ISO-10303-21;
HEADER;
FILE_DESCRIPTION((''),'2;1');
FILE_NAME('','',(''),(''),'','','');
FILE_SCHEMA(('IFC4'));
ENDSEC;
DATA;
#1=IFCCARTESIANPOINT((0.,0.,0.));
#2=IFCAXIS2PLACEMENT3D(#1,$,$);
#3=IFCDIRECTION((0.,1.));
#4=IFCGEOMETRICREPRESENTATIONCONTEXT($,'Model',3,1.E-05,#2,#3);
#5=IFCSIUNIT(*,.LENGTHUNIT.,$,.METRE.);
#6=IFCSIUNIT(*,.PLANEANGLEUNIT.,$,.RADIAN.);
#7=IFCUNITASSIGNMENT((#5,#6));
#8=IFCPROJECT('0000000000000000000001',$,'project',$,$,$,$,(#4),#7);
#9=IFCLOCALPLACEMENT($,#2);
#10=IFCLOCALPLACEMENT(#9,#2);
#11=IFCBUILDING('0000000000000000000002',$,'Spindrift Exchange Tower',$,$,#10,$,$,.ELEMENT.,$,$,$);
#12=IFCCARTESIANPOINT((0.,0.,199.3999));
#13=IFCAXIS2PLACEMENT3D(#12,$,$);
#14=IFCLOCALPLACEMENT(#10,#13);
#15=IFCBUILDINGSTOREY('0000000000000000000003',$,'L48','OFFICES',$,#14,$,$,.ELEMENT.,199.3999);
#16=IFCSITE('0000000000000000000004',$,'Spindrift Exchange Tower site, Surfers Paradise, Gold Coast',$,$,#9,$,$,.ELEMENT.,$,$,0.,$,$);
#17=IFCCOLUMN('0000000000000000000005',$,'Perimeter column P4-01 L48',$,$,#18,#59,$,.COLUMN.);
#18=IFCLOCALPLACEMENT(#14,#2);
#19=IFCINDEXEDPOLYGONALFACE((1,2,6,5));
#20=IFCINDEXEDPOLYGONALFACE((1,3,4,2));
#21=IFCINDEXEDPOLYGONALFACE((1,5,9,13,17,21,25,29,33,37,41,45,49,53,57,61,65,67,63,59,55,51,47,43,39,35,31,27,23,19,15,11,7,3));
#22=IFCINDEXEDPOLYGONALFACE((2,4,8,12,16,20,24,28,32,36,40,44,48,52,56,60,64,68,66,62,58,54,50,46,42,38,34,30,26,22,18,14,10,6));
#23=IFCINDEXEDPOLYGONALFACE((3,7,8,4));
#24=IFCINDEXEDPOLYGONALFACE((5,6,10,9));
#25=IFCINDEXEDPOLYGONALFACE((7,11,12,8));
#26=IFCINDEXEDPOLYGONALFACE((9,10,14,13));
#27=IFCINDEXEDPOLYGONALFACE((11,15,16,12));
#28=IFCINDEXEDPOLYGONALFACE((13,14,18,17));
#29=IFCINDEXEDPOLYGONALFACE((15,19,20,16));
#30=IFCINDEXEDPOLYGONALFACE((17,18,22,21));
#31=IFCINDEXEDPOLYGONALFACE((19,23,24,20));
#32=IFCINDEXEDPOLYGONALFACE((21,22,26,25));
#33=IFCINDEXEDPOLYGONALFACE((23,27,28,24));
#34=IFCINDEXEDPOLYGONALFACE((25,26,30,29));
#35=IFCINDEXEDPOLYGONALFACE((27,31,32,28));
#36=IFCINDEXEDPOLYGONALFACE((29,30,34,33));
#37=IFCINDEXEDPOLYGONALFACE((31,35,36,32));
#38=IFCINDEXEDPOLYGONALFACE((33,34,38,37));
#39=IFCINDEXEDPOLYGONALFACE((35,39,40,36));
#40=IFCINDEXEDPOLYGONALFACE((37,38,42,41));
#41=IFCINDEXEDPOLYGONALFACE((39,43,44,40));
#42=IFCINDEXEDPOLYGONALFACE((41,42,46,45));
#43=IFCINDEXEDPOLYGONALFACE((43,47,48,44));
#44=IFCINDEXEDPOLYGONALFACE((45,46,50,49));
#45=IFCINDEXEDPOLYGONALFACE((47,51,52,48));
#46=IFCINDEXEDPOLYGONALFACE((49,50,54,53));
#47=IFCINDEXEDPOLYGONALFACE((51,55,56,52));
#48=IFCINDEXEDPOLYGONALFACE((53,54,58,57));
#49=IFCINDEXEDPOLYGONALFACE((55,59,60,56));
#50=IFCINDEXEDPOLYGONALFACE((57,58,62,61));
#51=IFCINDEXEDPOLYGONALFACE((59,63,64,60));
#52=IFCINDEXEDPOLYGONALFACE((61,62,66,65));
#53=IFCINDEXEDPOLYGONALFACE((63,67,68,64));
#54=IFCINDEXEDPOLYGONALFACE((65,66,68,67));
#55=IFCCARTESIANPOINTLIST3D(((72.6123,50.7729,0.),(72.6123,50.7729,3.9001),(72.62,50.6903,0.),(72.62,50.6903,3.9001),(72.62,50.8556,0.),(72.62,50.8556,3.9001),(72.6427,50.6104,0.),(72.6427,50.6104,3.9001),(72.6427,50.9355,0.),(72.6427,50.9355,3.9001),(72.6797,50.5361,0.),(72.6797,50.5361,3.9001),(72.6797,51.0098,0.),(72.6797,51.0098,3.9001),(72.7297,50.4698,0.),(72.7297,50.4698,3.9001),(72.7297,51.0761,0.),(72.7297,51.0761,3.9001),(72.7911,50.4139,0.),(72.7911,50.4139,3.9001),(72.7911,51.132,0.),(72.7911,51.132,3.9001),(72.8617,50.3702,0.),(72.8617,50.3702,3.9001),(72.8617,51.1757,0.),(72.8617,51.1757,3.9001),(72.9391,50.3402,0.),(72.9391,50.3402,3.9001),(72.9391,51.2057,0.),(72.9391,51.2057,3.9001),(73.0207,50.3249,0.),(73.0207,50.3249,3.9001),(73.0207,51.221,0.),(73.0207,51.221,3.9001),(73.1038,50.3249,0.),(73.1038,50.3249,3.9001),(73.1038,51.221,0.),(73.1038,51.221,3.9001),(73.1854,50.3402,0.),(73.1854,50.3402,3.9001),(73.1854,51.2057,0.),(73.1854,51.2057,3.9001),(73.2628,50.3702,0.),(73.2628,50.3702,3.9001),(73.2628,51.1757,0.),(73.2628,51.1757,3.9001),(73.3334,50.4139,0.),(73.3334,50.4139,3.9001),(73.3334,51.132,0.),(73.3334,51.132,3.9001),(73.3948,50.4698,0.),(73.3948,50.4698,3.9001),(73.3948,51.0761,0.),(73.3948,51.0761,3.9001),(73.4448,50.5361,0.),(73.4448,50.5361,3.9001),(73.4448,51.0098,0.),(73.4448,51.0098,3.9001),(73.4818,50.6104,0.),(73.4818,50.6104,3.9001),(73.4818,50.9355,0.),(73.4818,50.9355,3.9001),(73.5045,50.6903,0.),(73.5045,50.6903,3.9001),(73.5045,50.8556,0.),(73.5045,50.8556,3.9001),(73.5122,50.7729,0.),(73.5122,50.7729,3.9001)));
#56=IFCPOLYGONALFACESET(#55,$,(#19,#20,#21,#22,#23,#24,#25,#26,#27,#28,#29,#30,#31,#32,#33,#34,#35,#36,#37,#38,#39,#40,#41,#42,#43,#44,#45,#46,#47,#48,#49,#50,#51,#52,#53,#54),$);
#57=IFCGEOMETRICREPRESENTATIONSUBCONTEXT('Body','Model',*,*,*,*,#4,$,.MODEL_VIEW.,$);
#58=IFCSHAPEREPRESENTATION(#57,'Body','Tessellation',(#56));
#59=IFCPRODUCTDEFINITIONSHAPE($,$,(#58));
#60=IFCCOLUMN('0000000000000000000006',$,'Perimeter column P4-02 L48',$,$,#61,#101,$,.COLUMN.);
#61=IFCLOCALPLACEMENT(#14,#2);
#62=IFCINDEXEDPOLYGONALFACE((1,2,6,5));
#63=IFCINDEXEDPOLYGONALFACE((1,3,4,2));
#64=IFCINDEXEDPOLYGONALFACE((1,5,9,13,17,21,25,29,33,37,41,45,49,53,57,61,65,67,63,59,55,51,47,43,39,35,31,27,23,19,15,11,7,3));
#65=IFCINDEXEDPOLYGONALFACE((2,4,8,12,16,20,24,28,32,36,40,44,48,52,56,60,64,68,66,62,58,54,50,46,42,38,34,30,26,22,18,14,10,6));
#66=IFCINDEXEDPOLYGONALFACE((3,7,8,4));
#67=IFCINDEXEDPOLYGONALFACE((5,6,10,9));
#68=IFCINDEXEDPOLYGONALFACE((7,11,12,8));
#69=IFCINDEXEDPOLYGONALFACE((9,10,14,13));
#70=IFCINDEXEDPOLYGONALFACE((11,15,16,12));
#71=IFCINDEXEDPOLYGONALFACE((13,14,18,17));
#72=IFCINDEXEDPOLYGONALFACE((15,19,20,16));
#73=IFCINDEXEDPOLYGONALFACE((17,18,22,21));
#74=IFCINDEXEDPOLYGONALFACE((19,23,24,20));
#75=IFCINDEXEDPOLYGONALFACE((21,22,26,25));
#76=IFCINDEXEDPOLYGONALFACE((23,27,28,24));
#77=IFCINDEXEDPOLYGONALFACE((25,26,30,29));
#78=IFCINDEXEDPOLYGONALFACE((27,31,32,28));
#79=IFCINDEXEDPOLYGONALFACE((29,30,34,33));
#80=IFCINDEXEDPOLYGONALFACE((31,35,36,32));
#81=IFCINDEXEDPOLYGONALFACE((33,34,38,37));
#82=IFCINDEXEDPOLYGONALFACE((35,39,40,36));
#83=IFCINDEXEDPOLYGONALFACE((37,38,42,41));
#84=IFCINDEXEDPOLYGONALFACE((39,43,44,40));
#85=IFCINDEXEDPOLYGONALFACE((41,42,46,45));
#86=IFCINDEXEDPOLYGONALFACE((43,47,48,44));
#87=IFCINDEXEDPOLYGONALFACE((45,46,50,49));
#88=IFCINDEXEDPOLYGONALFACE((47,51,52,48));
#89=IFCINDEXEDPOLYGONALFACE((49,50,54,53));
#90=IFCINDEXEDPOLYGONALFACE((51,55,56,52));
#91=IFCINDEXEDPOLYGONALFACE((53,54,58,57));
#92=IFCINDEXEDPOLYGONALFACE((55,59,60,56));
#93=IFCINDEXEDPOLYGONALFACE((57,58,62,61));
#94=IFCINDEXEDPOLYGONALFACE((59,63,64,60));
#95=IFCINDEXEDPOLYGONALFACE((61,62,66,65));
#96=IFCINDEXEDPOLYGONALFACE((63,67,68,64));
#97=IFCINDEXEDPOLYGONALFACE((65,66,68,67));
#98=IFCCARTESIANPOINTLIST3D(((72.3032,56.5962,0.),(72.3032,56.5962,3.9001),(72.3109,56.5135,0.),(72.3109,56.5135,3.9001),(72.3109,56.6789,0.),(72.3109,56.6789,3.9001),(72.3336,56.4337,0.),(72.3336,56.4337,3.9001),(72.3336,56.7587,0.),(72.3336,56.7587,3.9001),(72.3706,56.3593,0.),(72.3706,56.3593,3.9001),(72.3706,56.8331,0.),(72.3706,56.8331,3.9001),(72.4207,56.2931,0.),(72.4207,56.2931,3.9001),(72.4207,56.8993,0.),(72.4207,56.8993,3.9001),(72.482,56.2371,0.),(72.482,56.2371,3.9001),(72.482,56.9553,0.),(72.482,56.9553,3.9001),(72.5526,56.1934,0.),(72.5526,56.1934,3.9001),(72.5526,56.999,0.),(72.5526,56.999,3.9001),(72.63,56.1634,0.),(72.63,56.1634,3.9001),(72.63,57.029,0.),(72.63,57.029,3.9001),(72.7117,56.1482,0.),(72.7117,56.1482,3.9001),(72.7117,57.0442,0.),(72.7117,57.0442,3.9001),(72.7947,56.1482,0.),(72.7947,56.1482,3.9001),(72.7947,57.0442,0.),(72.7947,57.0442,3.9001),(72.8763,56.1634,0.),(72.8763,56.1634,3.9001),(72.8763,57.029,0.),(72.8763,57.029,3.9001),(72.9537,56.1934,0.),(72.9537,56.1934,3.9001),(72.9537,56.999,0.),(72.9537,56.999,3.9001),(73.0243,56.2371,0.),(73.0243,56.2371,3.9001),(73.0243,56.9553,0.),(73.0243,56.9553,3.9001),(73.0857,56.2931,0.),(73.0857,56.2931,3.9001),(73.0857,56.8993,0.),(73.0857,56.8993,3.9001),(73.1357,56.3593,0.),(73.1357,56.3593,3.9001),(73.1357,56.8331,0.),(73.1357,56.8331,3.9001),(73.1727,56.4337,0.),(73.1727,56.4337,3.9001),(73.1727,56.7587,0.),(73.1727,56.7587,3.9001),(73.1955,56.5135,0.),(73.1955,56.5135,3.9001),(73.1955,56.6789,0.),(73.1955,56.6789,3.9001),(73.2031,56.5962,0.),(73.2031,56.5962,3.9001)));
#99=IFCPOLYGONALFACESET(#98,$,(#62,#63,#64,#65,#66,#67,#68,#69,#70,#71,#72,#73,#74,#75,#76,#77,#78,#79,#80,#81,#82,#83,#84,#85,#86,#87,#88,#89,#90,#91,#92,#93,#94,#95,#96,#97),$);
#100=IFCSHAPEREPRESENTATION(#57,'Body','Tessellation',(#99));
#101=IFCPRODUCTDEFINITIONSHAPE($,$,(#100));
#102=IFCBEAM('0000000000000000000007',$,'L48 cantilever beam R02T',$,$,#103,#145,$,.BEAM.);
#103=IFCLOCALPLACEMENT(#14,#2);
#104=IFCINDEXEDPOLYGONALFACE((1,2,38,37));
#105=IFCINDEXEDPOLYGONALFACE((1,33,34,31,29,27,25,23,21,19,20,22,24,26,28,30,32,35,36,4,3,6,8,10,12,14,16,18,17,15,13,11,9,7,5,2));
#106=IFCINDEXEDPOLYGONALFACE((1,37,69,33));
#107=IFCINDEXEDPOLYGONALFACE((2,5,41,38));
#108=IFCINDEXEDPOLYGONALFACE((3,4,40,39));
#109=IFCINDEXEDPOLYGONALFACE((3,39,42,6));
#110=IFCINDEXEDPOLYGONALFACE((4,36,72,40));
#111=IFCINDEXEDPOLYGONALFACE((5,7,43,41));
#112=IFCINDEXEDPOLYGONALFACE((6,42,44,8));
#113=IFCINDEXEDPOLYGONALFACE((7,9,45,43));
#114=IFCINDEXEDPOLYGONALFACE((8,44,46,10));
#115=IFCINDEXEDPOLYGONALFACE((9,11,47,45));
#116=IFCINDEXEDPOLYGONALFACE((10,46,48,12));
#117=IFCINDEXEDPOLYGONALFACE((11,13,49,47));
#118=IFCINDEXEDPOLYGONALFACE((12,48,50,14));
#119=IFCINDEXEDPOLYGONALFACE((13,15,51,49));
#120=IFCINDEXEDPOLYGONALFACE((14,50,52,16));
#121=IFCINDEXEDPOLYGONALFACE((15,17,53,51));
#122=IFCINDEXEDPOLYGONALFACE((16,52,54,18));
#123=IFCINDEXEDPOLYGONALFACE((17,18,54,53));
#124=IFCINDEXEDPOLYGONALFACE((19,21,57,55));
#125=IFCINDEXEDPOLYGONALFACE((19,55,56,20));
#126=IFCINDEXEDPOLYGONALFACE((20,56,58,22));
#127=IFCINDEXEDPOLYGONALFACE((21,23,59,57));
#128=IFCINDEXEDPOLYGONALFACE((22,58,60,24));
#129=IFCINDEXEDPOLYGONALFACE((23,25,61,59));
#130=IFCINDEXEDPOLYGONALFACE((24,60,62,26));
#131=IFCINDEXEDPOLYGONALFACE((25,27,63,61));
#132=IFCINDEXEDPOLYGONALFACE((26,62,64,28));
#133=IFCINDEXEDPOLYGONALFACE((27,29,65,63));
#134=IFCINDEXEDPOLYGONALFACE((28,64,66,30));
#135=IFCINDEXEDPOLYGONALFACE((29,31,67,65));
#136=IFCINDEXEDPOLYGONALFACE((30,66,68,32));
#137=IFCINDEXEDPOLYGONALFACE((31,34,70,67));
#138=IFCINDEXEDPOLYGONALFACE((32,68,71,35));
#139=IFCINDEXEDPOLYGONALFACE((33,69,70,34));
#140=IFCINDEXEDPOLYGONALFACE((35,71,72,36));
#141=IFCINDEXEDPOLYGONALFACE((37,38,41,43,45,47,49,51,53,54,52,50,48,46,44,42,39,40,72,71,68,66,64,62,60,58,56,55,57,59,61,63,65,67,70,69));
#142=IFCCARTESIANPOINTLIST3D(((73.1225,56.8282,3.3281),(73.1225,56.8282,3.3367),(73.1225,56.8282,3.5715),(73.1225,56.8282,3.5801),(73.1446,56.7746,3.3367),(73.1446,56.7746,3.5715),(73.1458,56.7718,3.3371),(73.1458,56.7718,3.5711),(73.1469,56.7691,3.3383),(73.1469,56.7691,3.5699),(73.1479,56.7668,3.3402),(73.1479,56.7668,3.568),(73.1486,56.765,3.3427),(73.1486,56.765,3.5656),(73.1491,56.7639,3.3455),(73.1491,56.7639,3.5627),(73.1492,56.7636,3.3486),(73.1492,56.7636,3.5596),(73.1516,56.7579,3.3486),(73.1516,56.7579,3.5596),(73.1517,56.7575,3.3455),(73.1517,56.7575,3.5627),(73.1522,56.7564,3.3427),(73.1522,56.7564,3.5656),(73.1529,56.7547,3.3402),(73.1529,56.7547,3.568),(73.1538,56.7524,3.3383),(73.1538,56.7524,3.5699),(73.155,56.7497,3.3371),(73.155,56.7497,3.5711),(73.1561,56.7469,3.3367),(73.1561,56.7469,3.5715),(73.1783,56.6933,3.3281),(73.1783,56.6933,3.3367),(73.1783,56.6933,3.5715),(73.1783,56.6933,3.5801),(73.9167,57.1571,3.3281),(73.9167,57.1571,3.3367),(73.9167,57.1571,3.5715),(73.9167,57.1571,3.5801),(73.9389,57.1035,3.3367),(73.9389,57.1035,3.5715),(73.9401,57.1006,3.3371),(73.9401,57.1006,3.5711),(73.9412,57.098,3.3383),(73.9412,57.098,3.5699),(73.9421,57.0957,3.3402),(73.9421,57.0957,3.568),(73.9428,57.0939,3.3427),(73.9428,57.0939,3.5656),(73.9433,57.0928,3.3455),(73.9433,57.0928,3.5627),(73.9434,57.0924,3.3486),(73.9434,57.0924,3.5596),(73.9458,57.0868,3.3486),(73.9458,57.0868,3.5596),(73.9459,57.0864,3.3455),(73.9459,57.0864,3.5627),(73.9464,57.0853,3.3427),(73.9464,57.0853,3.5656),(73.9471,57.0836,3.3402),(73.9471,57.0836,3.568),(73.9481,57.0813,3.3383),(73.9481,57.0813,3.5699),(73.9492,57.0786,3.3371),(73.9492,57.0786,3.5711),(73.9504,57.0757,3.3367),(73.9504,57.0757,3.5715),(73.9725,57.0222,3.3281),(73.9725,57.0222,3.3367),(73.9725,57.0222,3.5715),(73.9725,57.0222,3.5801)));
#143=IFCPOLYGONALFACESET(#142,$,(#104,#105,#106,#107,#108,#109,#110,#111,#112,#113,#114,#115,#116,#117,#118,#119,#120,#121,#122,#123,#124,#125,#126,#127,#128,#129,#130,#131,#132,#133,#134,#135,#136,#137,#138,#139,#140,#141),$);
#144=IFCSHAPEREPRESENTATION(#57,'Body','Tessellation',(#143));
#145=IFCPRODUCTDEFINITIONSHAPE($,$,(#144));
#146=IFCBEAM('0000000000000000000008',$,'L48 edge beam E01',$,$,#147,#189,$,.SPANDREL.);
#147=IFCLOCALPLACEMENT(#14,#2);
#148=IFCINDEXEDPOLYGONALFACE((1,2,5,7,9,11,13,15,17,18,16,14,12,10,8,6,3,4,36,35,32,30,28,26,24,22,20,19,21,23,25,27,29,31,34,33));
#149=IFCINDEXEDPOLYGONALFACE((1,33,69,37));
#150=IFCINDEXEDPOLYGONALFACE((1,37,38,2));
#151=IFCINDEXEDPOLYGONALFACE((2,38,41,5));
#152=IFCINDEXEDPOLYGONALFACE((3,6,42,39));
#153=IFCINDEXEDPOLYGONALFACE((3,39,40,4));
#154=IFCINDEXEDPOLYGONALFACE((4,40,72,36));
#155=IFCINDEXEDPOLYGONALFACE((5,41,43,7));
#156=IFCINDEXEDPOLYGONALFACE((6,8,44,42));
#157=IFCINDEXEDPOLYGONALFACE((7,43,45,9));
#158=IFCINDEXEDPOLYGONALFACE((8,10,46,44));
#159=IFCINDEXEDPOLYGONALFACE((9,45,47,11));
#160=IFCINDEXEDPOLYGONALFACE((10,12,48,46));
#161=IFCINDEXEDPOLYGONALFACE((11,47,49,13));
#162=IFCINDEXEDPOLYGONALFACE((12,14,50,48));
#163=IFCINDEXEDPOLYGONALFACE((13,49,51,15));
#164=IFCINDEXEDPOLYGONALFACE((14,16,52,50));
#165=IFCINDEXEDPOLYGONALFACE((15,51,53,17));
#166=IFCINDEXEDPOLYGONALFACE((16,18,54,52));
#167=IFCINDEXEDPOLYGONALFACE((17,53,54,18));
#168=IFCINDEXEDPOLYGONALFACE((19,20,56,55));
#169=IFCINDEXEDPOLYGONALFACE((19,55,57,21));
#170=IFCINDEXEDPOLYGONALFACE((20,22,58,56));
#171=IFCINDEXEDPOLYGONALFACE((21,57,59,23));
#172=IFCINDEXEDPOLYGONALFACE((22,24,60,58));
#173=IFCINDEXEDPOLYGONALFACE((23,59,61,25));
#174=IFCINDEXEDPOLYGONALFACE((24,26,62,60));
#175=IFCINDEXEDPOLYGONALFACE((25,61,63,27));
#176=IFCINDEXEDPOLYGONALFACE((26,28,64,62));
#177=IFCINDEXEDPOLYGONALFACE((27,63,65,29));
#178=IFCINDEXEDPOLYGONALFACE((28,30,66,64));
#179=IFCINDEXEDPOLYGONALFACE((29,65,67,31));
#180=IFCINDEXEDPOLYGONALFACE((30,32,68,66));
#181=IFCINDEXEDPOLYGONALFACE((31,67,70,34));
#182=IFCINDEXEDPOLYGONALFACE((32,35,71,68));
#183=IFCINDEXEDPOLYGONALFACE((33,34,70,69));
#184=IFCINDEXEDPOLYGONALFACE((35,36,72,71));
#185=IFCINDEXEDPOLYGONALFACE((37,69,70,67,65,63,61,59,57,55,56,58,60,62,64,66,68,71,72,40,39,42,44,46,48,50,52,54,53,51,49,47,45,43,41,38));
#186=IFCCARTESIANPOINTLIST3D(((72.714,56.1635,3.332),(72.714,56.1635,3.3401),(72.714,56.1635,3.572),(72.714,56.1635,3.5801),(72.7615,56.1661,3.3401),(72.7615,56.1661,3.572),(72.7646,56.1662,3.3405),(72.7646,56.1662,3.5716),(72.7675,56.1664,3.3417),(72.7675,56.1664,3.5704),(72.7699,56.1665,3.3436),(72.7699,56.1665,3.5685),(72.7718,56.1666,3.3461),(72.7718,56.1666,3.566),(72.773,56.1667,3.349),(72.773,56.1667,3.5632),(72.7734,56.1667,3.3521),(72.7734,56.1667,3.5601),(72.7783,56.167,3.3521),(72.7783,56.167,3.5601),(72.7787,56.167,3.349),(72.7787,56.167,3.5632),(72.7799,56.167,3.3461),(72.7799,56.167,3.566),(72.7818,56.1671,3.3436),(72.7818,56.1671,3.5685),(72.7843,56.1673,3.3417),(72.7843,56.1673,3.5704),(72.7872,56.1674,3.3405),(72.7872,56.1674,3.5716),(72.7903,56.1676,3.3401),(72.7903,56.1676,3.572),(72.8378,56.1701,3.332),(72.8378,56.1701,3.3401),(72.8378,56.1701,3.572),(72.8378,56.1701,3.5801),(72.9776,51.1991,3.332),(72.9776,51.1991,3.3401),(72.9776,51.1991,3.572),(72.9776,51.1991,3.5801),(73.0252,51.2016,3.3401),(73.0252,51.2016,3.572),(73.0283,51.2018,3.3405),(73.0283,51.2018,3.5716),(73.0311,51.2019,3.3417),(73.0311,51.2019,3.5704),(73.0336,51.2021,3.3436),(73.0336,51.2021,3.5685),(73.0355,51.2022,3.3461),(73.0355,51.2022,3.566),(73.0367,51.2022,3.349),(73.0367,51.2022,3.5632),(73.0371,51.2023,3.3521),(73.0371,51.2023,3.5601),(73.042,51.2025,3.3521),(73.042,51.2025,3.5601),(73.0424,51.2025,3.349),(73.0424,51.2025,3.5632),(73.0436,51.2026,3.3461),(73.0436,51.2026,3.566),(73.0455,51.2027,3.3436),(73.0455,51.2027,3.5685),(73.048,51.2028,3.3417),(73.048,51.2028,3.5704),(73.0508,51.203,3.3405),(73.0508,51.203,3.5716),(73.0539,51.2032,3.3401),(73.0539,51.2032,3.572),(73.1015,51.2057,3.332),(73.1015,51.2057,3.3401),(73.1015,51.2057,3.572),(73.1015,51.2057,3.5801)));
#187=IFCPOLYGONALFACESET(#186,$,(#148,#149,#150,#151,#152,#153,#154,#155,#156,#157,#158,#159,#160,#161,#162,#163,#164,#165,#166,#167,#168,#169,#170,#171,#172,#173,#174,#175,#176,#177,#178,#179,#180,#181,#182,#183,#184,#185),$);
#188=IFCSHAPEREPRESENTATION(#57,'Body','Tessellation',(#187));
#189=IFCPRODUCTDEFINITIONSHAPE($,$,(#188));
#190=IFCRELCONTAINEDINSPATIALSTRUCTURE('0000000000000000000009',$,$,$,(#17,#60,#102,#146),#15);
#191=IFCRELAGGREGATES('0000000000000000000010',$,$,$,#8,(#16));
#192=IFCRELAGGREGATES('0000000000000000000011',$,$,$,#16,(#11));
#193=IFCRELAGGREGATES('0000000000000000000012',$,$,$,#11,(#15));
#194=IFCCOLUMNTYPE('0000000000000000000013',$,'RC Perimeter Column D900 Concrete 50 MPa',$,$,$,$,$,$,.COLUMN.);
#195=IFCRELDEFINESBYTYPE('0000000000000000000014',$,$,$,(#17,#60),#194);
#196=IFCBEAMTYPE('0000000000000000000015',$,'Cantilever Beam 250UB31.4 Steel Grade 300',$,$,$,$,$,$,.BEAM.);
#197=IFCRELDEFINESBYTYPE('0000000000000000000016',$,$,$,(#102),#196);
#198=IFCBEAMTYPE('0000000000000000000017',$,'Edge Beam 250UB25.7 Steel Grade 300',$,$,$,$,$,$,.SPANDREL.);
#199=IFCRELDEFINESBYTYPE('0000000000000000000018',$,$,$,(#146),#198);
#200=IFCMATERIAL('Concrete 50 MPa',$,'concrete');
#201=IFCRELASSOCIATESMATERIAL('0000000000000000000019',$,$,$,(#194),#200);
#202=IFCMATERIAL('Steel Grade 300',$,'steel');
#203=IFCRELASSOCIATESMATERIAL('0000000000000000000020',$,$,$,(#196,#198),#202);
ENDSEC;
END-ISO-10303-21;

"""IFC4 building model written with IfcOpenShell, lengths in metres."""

from ifc_helpers import new_model, si_unit, direction, frame, origin, origin_2d, place, context, subcontext, project, spatial, circle, i_section, extrude, source, transform, mapped, material, material_profile, profile_set, type_object, element, save


model = new_model("IFC4")

# Units and contexts
model_context = context("Model", 3, precision=1e-05, world=origin(), true_north=direction((0.0, 1.0)))
body_context = subcontext(model_context, "Body", "Model", "MODEL_VIEW")
ifc_project = project(units=[si_unit("LENGTHUNIT", "METRE"), si_unit("PLANEANGLEUNIT", "RADIAN")], contexts=[model_context])

# Site, building, storey
site_placement = place(None, origin())
site = spatial("IfcSite", under=ifc_project, at=site_placement, Name="Spindrift Exchange Tower site, Surfers Paradise, Gold Coast", CompositionType="ELEMENT", RefElevation=0.0)
building_placement = place(site_placement, origin())
building = spatial("IfcBuilding", under=site, at=building_placement, Name="Spindrift Exchange Tower", CompositionType="ELEMENT")
storey_placement = place(building_placement, frame((0.0, 0.0, 199.3999)))
storey = spatial("IfcBuildingStorey", under=building, at=storey_placement, Name="L48", Description="OFFICES", CompositionType="ELEMENT", Elevation=199.3999)

# Columns
ifc_material_1 = material(Name="Concrete 50 MPa", Category="concrete")
ifc_material_profile_1 = material_profile(ifc_material_1, circle(Radius=0.45, at=origin_2d()), Name="RC D900")
ifc_profile_set_1 = profile_set([ifc_material_profile_1], Name="Concrete 50 MPa")
column_type = type_object("IfcColumnType", Name="RC Perimeter Column D900 Concrete 50 MPa", PredefinedType="COLUMN", material=ifc_profile_set_1)
shared_shape_1 = source(origin(), body_context, "Body", "SweptSolid", [
    extrude(circle(Radius=0.45, at=origin_2d()), origin(), (0.0, 0.0, 1.0), 3.9001),
])
for number, where, z_axis, x_axis, name in (
    (1, (73.0623, 50.7729, 0.0), (0.0, 0.0, 1.0), (1.0, 0.0, 0.0), "Perimeter column P4-01 L48"),
    (2, (72.7532, 56.5962, 0.0), (0.0, 0.0, 1.0), (1.0, 0.0, 0.0), "Perimeter column P4-02 L48"),
):
    element("IfcColumn", number, at=place(storey_placement, frame(where, z_axis=z_axis, x_axis=x_axis)), inside=storey, type_object=column_type, Name=name, PredefinedType="COLUMN", context=body_context, shape_type="MappedRepresentation", body=[
        mapped(shared_shape_1, transform((0.0, 0.0, 0.0), scale=1.0)),
    ])

# Beams
ifc_material_2 = material(Name="Steel Grade 300", Category="steel")
ifc_material_profile_2 = material_profile(ifc_material_2, i_section(OverallWidth=0.146, OverallDepth=0.252, WebThickness=0.0061, FlangeThickness=0.0085, FilletRadius=0.012, at=origin_2d()), Name="250UB31.4")
ifc_profile_set_2 = profile_set([ifc_material_profile_2], Name="Steel Grade 300")
beam_type_1 = type_object("IfcBeamType", Name="Cantilever Beam 250UB31.4 Steel Grade 300", PredefinedType="BEAM", material=ifc_profile_set_2)
shared_shape_2 = source(origin(), body_context, "Body", "SweptSolid", [
    extrude(i_section(OverallWidth=0.146, OverallDepth=0.252, WebThickness=0.0061, FlangeThickness=0.0085, FilletRadius=0.012, at=origin_2d()), origin(), (0.0, 0.0, 1.0), 0.8596),
])
beam_1_placement = place(storey_placement, frame((73.1504, 56.7607, 3.4541), z_axis=(0.923923, 0.382578, 0.0), x_axis=(-0.382578, 0.923923, 0.0)))
element("IfcBeam", 3, at=beam_1_placement, inside=storey, type_object=beam_type_1, Name="L48 cantilever beam R02T", PredefinedType="BEAM", context=body_context, shape_type="MappedRepresentation", body=[
    mapped(shared_shape_2, transform((0.0, 0.0, 0.0), scale=1.0)),
])
ifc_material_profile_3 = material_profile(ifc_material_2, i_section(OverallWidth=0.124, OverallDepth=0.248, WebThickness=0.0049, FlangeThickness=0.0081, FilletRadius=0.012, at=origin_2d()), Name="250UB25.7")
ifc_profile_set_3 = profile_set([ifc_material_profile_3], Name="Steel Grade 300")
beam_type_2 = type_object("IfcBeamType", Name="Edge Beam 250UB25.7 Steel Grade 300", PredefinedType="SPANDREL", material=ifc_profile_set_3)
shared_shape_3 = source(origin(), body_context, "Body", "SweptSolid", [
    extrude(i_section(OverallWidth=0.124, OverallDepth=0.248, WebThickness=0.0049, FlangeThickness=0.0081, FilletRadius=0.012, at=origin_2d()), origin(), (0.0, 0.0, 1.0), 4.9714),
])
beam_2_placement = place(storey_placement, frame((73.0396, 51.2024, 3.4561), z_axis=(-0.053038, 0.998592, 0.0), x_axis=(-0.998592, -0.053038, 0.0)))
element("IfcBeam", 4, at=beam_2_placement, inside=storey, type_object=beam_type_2, Name="L48 edge beam E01", PredefinedType="SPANDREL", context=body_context, shape_type="MappedRepresentation", body=[
    mapped(shared_shape_3, transform((0.0, 0.0, 0.0), scale=1.0)),
])

save(model, "model.ifc")
